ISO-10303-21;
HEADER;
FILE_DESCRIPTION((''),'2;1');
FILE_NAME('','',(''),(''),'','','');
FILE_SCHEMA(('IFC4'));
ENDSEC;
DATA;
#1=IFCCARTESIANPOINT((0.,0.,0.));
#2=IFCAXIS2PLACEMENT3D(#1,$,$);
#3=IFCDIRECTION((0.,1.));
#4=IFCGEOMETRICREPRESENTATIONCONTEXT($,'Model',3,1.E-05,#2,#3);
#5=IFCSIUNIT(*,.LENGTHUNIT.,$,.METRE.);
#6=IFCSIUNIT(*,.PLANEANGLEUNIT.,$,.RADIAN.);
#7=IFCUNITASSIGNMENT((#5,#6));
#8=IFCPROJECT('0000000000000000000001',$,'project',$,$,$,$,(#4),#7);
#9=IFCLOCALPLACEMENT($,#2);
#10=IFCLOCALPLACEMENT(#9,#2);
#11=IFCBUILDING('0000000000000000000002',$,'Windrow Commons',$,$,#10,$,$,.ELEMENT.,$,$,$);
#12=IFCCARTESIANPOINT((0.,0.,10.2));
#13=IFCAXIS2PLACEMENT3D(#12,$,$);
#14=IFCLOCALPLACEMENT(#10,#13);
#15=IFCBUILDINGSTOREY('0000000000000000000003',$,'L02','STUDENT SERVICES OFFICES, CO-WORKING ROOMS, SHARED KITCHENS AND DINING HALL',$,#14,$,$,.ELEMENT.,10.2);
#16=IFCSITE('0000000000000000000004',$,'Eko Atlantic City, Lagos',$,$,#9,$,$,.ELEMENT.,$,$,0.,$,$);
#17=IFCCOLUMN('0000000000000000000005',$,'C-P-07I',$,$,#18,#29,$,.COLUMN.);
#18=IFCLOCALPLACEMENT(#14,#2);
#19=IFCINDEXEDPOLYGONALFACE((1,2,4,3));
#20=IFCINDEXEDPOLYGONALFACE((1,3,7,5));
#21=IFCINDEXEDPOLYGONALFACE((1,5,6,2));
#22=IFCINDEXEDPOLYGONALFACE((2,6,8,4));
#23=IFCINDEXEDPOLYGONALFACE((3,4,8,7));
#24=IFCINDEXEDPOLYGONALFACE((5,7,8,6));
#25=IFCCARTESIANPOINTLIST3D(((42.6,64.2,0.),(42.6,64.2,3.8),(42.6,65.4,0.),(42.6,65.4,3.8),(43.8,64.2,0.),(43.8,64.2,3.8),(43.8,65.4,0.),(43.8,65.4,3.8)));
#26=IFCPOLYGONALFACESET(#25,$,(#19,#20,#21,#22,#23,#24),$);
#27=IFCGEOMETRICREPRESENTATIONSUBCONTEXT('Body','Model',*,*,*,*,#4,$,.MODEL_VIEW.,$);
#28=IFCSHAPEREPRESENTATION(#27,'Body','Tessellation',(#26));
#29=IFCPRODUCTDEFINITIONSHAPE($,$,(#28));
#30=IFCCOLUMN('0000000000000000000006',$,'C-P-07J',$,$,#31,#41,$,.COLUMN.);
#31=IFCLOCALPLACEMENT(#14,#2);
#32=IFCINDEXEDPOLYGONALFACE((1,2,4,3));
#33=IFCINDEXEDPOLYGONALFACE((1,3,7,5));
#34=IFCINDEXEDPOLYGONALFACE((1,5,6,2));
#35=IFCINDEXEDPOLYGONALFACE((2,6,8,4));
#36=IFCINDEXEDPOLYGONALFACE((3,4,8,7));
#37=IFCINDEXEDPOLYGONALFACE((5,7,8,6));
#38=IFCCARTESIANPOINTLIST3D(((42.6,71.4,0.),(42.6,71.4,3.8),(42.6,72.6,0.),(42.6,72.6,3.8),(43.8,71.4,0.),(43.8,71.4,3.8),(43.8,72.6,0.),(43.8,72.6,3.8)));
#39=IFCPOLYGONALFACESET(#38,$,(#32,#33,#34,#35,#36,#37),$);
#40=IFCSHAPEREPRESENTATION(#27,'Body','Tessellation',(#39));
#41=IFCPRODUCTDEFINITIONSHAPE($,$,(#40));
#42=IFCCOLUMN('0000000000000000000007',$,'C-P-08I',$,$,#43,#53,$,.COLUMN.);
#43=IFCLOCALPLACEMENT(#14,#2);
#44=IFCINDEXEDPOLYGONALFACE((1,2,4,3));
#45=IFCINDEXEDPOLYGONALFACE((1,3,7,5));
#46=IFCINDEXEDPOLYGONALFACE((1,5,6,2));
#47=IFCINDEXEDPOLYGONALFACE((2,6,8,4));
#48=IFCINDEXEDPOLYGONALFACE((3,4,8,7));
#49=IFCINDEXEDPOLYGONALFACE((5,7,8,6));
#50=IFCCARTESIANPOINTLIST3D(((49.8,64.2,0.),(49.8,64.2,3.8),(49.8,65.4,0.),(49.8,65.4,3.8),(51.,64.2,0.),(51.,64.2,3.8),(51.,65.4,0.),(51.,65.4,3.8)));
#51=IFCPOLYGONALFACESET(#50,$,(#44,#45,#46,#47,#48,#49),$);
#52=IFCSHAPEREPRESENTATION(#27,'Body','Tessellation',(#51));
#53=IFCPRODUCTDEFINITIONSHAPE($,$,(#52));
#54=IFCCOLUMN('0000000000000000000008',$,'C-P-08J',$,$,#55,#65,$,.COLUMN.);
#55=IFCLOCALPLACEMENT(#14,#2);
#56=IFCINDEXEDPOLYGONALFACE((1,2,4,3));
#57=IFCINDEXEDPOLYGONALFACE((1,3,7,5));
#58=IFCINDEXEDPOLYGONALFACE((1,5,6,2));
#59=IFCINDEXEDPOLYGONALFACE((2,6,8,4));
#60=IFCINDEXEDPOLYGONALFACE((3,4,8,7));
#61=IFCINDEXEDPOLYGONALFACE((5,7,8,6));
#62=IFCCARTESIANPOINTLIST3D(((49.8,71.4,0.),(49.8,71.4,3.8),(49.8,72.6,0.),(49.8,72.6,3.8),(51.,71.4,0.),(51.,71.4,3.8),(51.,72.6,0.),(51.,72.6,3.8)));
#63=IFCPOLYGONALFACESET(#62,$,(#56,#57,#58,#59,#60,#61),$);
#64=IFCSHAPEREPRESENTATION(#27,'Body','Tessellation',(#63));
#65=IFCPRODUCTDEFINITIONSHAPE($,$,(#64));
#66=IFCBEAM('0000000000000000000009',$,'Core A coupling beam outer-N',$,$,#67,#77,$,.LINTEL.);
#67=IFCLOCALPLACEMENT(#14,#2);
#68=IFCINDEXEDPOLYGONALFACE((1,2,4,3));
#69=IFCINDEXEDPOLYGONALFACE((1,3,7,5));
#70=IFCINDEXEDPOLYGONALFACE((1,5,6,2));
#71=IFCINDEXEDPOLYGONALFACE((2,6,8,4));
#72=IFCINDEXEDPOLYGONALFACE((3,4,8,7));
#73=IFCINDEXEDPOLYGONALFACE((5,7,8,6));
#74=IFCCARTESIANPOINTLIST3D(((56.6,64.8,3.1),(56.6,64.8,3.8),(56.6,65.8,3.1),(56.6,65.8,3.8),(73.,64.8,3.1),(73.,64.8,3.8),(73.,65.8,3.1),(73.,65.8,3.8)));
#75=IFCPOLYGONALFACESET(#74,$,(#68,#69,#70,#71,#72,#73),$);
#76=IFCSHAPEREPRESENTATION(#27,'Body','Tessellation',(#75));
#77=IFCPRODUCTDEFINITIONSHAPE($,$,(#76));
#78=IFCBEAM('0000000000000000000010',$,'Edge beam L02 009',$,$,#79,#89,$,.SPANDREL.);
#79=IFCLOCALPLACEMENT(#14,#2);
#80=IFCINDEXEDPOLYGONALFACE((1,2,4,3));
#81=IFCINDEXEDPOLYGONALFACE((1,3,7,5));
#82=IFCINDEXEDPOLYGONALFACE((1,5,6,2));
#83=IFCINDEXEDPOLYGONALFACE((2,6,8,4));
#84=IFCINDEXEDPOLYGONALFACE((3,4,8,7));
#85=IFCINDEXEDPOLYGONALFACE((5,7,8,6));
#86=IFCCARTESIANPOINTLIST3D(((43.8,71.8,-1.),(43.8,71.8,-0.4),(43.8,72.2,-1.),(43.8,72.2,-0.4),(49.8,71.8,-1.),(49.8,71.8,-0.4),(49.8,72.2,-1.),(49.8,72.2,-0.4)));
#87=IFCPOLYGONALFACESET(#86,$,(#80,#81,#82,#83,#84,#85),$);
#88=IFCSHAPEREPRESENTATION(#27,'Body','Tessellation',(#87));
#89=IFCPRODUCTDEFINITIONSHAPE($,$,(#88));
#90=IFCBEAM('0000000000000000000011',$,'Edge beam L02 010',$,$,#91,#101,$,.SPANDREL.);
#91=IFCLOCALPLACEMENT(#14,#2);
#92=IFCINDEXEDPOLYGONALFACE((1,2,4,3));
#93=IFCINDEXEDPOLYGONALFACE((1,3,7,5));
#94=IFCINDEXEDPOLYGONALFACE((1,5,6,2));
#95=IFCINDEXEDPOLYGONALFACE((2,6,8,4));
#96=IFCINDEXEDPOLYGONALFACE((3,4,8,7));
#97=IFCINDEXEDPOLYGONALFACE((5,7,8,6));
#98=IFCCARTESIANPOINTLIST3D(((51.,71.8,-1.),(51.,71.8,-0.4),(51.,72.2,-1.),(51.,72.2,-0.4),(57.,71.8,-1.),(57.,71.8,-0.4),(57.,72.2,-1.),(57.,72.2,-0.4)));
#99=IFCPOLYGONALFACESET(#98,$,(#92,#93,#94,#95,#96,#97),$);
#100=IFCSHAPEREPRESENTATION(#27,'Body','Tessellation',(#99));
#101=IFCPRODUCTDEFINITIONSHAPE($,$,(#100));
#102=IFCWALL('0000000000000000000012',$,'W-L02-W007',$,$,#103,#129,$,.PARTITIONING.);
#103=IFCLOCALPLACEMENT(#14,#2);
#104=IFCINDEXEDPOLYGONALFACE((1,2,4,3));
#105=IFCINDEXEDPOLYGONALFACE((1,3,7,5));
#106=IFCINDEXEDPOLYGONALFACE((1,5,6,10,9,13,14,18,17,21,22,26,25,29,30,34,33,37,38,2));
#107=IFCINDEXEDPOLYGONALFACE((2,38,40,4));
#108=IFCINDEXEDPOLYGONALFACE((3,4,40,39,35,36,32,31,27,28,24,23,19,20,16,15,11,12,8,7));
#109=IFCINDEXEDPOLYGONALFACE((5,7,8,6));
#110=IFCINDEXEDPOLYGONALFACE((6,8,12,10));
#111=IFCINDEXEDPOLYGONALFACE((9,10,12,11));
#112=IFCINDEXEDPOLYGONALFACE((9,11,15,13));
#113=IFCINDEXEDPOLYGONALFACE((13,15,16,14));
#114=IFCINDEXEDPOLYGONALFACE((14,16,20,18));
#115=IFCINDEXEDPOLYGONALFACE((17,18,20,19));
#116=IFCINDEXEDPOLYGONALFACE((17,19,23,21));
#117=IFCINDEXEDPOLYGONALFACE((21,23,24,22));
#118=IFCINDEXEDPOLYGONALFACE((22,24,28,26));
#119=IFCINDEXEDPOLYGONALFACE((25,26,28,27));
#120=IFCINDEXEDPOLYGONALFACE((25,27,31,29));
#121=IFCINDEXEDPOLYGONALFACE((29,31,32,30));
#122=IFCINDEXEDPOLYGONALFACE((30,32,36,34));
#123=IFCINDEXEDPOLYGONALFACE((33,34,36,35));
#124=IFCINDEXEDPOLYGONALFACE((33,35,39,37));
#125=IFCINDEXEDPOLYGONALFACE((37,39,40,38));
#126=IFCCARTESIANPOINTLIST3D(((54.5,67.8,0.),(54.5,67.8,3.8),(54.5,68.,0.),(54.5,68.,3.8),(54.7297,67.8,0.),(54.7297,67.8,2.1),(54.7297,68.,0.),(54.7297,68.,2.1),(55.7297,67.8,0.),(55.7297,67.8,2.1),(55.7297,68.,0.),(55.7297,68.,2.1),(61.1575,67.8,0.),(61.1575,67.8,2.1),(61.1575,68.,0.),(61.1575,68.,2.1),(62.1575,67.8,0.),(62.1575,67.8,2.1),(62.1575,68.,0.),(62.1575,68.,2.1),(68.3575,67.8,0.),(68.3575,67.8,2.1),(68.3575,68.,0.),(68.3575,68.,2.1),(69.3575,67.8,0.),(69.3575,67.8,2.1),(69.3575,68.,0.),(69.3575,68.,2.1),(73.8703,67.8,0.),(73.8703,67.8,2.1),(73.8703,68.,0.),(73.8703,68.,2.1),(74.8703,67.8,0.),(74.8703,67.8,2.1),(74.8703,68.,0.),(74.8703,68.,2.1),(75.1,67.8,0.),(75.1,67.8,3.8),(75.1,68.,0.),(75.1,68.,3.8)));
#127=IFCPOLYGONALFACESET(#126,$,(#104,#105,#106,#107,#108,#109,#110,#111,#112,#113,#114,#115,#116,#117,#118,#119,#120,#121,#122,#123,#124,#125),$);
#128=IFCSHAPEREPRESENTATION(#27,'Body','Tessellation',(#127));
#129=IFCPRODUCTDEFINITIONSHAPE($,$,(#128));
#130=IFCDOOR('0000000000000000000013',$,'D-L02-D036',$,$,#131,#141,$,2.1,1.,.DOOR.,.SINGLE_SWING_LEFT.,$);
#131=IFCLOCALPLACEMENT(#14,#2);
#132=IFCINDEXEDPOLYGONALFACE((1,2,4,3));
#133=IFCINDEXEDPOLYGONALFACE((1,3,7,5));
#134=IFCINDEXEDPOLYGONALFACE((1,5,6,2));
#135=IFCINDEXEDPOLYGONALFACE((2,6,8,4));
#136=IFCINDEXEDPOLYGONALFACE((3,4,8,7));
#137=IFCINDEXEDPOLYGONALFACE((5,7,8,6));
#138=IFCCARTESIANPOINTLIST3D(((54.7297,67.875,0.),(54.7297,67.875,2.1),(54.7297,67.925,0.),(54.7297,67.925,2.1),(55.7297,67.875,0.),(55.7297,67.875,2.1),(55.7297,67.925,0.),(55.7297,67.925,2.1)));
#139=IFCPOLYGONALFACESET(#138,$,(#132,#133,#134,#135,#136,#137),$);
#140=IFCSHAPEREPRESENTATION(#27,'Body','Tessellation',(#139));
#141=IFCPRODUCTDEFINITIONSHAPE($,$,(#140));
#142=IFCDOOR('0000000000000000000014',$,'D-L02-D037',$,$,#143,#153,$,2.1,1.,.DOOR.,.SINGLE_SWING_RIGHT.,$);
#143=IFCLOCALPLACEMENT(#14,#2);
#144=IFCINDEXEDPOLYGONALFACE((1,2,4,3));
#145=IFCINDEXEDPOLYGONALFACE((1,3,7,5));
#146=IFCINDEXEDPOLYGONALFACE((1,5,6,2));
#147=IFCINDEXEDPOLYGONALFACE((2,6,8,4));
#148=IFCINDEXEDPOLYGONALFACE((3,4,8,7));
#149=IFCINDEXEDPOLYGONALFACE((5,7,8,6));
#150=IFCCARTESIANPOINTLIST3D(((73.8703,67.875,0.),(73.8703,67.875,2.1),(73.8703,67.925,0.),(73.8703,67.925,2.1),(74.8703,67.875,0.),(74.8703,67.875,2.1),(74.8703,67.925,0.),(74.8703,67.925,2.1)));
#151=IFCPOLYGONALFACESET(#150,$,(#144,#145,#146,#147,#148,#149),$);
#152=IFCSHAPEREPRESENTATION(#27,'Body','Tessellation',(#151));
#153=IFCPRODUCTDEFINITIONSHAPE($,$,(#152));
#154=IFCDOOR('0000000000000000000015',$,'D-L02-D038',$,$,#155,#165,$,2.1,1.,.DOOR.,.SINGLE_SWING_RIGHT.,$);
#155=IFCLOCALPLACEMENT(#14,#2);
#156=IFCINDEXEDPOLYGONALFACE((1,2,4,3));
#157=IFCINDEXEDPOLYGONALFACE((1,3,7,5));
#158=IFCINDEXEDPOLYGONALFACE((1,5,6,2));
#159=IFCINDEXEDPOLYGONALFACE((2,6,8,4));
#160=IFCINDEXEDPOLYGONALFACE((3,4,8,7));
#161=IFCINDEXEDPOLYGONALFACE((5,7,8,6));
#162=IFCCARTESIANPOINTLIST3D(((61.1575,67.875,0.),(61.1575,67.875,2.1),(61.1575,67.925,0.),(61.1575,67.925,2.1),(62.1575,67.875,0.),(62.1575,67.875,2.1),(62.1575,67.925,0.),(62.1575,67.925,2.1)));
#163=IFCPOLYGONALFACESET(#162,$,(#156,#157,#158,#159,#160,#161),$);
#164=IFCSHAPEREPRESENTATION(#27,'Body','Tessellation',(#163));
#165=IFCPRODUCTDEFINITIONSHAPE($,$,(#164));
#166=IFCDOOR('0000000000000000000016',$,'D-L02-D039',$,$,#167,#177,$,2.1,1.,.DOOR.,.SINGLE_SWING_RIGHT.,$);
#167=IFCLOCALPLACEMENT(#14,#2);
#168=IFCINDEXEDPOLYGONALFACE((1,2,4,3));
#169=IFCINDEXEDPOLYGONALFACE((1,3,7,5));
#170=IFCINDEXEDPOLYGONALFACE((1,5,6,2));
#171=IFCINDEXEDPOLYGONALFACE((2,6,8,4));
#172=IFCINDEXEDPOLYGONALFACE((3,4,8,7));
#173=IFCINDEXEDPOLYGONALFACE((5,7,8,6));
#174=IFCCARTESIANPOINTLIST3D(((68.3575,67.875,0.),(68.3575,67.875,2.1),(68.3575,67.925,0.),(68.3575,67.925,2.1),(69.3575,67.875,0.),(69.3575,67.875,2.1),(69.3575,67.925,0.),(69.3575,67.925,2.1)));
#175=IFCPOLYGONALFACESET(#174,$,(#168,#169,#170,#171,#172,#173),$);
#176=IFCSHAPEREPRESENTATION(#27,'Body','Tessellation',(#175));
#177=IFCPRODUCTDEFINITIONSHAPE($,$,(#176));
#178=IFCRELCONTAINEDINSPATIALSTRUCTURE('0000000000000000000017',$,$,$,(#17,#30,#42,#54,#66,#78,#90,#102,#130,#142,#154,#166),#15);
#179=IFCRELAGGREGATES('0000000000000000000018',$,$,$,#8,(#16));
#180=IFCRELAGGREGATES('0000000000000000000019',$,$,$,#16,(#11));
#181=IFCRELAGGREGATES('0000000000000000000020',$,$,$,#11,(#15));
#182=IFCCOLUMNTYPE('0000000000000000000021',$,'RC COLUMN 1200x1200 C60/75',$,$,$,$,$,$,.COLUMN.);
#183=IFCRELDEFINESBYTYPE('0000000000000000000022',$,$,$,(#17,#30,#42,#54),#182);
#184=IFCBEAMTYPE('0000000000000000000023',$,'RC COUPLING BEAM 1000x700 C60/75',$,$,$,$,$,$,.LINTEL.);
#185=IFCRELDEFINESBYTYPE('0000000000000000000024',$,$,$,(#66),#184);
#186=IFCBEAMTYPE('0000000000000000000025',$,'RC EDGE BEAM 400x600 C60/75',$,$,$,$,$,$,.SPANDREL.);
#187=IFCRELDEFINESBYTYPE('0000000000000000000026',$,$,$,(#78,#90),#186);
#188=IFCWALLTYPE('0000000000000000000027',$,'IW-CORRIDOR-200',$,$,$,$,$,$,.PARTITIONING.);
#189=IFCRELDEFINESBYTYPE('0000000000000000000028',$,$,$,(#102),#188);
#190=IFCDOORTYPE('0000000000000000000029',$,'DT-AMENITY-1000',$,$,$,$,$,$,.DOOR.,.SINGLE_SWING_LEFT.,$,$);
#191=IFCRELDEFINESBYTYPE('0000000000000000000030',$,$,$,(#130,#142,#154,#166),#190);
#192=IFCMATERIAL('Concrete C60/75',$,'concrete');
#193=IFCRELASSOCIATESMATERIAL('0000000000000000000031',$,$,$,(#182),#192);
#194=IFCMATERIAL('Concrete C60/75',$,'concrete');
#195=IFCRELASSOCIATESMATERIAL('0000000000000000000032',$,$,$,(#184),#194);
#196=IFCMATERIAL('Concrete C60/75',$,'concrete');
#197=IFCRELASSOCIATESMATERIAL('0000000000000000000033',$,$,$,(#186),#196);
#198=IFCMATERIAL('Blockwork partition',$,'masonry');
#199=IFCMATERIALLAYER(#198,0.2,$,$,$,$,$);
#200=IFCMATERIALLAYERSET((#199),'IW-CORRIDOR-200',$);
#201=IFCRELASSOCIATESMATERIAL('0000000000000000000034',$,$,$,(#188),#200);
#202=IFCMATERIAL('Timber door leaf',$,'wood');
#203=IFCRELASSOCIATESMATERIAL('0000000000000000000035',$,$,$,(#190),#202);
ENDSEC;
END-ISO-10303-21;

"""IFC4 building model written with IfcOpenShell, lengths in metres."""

from ifc_helpers import new_model, si_unit, direction, frame, frame_2d, origin, origin_2d, place, context, subcontext, project, spatial, rectangle, extrude, material, layer, layer_set, material_profile, profile_set, type_object, element, fill, save


model = new_model("IFC4")

# Units and contexts
model_context = context("Model", 3, precision=1e-05, world=origin(), true_north=direction((0.0, 1.0)))
body_context = subcontext(model_context, "Body", "Model", "MODEL_VIEW")
ifc_project = project(units=[si_unit("LENGTHUNIT", "METRE"), si_unit("PLANEANGLEUNIT", "RADIAN")], contexts=[model_context])

# Site, building, storey
site_placement = place(None, origin())
site = spatial("IfcSite", under=ifc_project, at=site_placement, Name="Eko Atlantic City, Lagos", CompositionType="ELEMENT", RefElevation=0.0)
building_placement = place(site_placement, origin())
building = spatial("IfcBuilding", under=site, at=building_placement, Name="Windrow Commons", CompositionType="ELEMENT")
storey_placement = place(building_placement, frame((0.0, 0.0, 10.2)))
storey = spatial("IfcBuildingStorey", under=building, at=storey_placement, Name="L02", Description="STUDENT SERVICES OFFICES, CO-WORKING ROOMS, SHARED KITCHENS AND DINING HALL", CompositionType="ELEMENT", Elevation=10.2)

# Columns
ifc_material_1 = material(Name="Concrete C60/75", Category="concrete")
ifc_material_profile_1 = material_profile(ifc_material_1, rectangle(XDim=1.2, YDim=1.2, at=origin_2d()))
ifc_profile_set_1 = profile_set([ifc_material_profile_1], Name="Concrete C60/75")
column_type = type_object("IfcColumnType", Name="RC COLUMN 1200x1200 C60/75", PredefinedType="COLUMN", material=ifc_profile_set_1)
for number, where, z_axis, x_axis, name in (
    (1, (43.2, 64.8, 0.0), (0.0, 0.0, 1.0), (1.0, 0.0, 0.0), "C-P-07I"),
    (2, (43.2, 72.0, 0.0), (0.0, 0.0, 1.0), (1.0, 0.0, 0.0), "C-P-07J"),
    (3, (50.4, 64.8, 0.0), (0.0, 0.0, 1.0), (1.0, 0.0, 0.0), "C-P-08I"),
    (4, (50.4, 72.0, 0.0), (0.0, 0.0, 1.0), (1.0, 0.0, 0.0), "C-P-08J"),
):
    element("IfcColumn", number, at=place(storey_placement, frame(where, z_axis=z_axis, x_axis=x_axis)), inside=storey, type_object=column_type, Name=name, PredefinedType="COLUMN", context=body_context, shape_type="SweptSolid", body=[
        extrude(rectangle(XDim=1.2, YDim=1.2, at=origin_2d()), origin(), (0.0, 0.0, 1.0), 3.8),
    ])

# Beams
ifc_material_2 = material(Name="Concrete C60/75", Category="concrete")
ifc_material_profile_2 = material_profile(ifc_material_2, rectangle(XDim=1.0, YDim=0.7, at=origin_2d()))
ifc_profile_set_2 = profile_set([ifc_material_profile_2], Name="Concrete C60/75")
beam_type_1 = type_object("IfcBeamType", Name="RC COUPLING BEAM 1000x700 C60/75", PredefinedType="LINTEL", material=ifc_profile_set_2)
beam_placement = place(storey_placement, frame((56.6, 65.3, 3.45), z_axis=(1.0, 0.0, 0.0), x_axis=(0.0, 1.0, 0.0)))
element("IfcBeam", 5, at=beam_placement, inside=storey, type_object=beam_type_1, Name="Core A coupling beam outer-N", PredefinedType="LINTEL", context=body_context, shape_type="SweptSolid", body=[
    extrude(rectangle(XDim=1.0, YDim=0.7, at=origin_2d()), origin(), (0.0, 0.0, 1.0), 16.4),
])
ifc_material_3 = material(Name="Concrete C60/75", Category="concrete")
ifc_material_profile_3 = material_profile(ifc_material_3, rectangle(XDim=0.4, YDim=0.6, at=origin_2d()))
ifc_profile_set_3 = profile_set([ifc_material_profile_3], Name="Concrete C60/75")
beam_type_2 = type_object("IfcBeamType", Name="RC EDGE BEAM 400x600 C60/75", PredefinedType="SPANDREL", material=ifc_profile_set_3)
for number, where, z_axis, x_axis, name in (
    (6, (43.8, 72.0, -0.7), (1.0, 0.0, 0.0), (0.0, 1.0, 0.0), "Edge beam L02 009"),
    (7, (51.0, 72.0, -0.7), (1.0, 0.0, 0.0), (0.0, 1.0, 0.0), "Edge beam L02 010"),
):
    element("IfcBeam", number, at=place(storey_placement, frame(where, z_axis=z_axis, x_axis=x_axis)), inside=storey, type_object=beam_type_2, Name=name, PredefinedType="SPANDREL", context=body_context, shape_type="SweptSolid", body=[
        extrude(rectangle(XDim=0.4, YDim=0.6, at=origin_2d()), origin(), (0.0, 0.0, 1.0), 6.0),
    ])

# Wall, openings, doors
ifc_material_4 = material(Name="Blockwork partition", Category="masonry")
ifc_layer_1 = layer(ifc_material_4, 0.2)
ifc_layer_set_1 = layer_set([ifc_layer_1], Name="IW-CORRIDOR-200")
wall_type_1 = type_object("IfcWallType", Name="IW-CORRIDOR-200", PredefinedType="PARTITIONING", material=ifc_layer_set_1)
wall_1_placement = place(storey_placement, frame((54.5, 67.9, 0.0), z_axis=(0.0, 0.0, 1.0), x_axis=(1.0, 0.0, 0.0)))
wall_1 = element("IfcWall", 8, at=wall_1_placement, inside=storey, type_object=wall_type_1, Name="W-L02-W007", PredefinedType="PARTITIONING", context=body_context, shape_type="SweptSolid", body=[
    extrude(rectangle(XDim=20.6, YDim=0.2, at=frame_2d((10.3, 0.0))), origin(), (0.0, 0.0, 1.0), 3.8),
])
opening_1_placement = place(wall_1_placement, frame((0.2297, 0.0, 0.0)))
opening_1 = element("IfcOpeningElement", 9, at=opening_1_placement, cuts=wall_1, PredefinedType="OPENING", context=body_context, shape_type="SweptSolid", body=[
    extrude(rectangle(XDim=1.0, YDim=2.1, at=frame_2d((0.5, 1.05))), frame((0.0, 0.11, 0.0), z_axis=(0.0, -1.0, 0.0), x_axis=(1.0, 0.0, 0.0)), (0.0, 0.0, 1.0), 0.22),
])
opening_2_placement = place(wall_1_placement, frame((19.3703, 0.0, 0.0)))
opening_2 = element("IfcOpeningElement", 10, at=opening_2_placement, cuts=wall_1, PredefinedType="OPENING", context=body_context, shape_type="SweptSolid", body=[
    extrude(rectangle(XDim=1.0, YDim=2.1, at=frame_2d((0.5, 1.05))), frame((0.0, 0.11, 0.0), z_axis=(0.0, -1.0, 0.0), x_axis=(1.0, 0.0, 0.0)), (0.0, 0.0, 1.0), 0.22),
])
opening_3_placement = place(wall_1_placement, frame((6.6575, 0.0, 0.0)))
opening_3 = element("IfcOpeningElement", 11, at=opening_3_placement, cuts=wall_1, PredefinedType="OPENING", context=body_context, shape_type="SweptSolid", body=[
    extrude(rectangle(XDim=1.0, YDim=2.1, at=frame_2d((0.5, 1.05))), frame((0.0, 0.11, 0.0), z_axis=(0.0, -1.0, 0.0), x_axis=(1.0, 0.0, 0.0)), (0.0, 0.0, 1.0), 0.22),
])
opening_4_placement = place(wall_1_placement, frame((13.8575, 0.0, 0.0)))
opening_4 = element("IfcOpeningElement", 12, at=opening_4_placement, cuts=wall_1, PredefinedType="OPENING", context=body_context, shape_type="SweptSolid", body=[
    extrude(rectangle(XDim=1.0, YDim=2.1, at=frame_2d((0.5, 1.05))), frame((0.0, 0.11, 0.0), z_axis=(0.0, -1.0, 0.0), x_axis=(1.0, 0.0, 0.0)), (0.0, 0.0, 1.0), 0.22),
])
ifc_material_5 = material(Name="Timber door leaf", Category="wood")
door_type_1 = type_object("IfcDoorType", Name="DT-AMENITY-1000", OperationType="SINGLE_SWING_LEFT", PredefinedType="DOOR", material=ifc_material_5)
door_1_placement = place(opening_1_placement, origin())
door_1 = element("IfcDoor", 13, at=door_1_placement, inside=storey, type_object=door_type_1, Name="D-L02-D036", OperationType="SINGLE_SWING_LEFT", OverallHeight=2.1, OverallWidth=1.0, PredefinedType="DOOR", context=body_context, shape_type="SweptSolid", body=[
    extrude(rectangle(XDim=1.0, YDim=2.1, at=frame_2d((0.5, 1.05))), frame((0.0, 0.025, 0.0), z_axis=(0.0, -1.0, 0.0), x_axis=(1.0, 0.0, 0.0)), (0.0, 0.0, 1.0), 0.05),
])
fill(opening_1, door_1)
door_2_placement = place(opening_2_placement, origin())
door_2 = element("IfcDoor", 14, at=door_2_placement, inside=storey, type_object=door_type_1, Name="D-L02-D037", OperationType="SINGLE_SWING_RIGHT", OverallHeight=2.1, OverallWidth=1.0, PredefinedType="DOOR", context=body_context, shape_type="SweptSolid", body=[
    extrude(rectangle(XDim=1.0, YDim=2.1, at=frame_2d((0.5, 1.05))), frame((0.0, 0.025, 0.0), z_axis=(0.0, -1.0, 0.0), x_axis=(1.0, 0.0, 0.0)), (0.0, 0.0, 1.0), 0.05),
])
fill(opening_2, door_2)
door_3_placement = place(opening_3_placement, origin())
door_3 = element("IfcDoor", 15, at=door_3_placement, inside=storey, type_object=door_type_1, Name="D-L02-D038", OperationType="SINGLE_SWING_RIGHT", OverallHeight=2.1, OverallWidth=1.0, PredefinedType="DOOR", context=body_context, shape_type="SweptSolid", body=[
    extrude(rectangle(XDim=1.0, YDim=2.1, at=frame_2d((0.5, 1.05))), frame((0.0, 0.025, 0.0), z_axis=(0.0, -1.0, 0.0), x_axis=(1.0, 0.0, 0.0)), (0.0, 0.0, 1.0), 0.05),
])
fill(opening_3, door_3)
door_4_placement = place(opening_4_placement, origin())
door_4 = element("IfcDoor", 16, at=door_4_placement, inside=storey, type_object=door_type_1, Name="D-L02-D039", OperationType="SINGLE_SWING_RIGHT", OverallHeight=2.1, OverallWidth=1.0, PredefinedType="DOOR", context=body_context, shape_type="SweptSolid", body=[
    extrude(rectangle(XDim=1.0, YDim=2.1, at=frame_2d((0.5, 1.05))), frame((0.0, 0.025, 0.0), z_axis=(0.0, -1.0, 0.0), x_axis=(1.0, 0.0, 0.0)), (0.0, 0.0, 1.0), 0.05),
])
fill(opening_4, door_4)

save(model, "model.ifc")
